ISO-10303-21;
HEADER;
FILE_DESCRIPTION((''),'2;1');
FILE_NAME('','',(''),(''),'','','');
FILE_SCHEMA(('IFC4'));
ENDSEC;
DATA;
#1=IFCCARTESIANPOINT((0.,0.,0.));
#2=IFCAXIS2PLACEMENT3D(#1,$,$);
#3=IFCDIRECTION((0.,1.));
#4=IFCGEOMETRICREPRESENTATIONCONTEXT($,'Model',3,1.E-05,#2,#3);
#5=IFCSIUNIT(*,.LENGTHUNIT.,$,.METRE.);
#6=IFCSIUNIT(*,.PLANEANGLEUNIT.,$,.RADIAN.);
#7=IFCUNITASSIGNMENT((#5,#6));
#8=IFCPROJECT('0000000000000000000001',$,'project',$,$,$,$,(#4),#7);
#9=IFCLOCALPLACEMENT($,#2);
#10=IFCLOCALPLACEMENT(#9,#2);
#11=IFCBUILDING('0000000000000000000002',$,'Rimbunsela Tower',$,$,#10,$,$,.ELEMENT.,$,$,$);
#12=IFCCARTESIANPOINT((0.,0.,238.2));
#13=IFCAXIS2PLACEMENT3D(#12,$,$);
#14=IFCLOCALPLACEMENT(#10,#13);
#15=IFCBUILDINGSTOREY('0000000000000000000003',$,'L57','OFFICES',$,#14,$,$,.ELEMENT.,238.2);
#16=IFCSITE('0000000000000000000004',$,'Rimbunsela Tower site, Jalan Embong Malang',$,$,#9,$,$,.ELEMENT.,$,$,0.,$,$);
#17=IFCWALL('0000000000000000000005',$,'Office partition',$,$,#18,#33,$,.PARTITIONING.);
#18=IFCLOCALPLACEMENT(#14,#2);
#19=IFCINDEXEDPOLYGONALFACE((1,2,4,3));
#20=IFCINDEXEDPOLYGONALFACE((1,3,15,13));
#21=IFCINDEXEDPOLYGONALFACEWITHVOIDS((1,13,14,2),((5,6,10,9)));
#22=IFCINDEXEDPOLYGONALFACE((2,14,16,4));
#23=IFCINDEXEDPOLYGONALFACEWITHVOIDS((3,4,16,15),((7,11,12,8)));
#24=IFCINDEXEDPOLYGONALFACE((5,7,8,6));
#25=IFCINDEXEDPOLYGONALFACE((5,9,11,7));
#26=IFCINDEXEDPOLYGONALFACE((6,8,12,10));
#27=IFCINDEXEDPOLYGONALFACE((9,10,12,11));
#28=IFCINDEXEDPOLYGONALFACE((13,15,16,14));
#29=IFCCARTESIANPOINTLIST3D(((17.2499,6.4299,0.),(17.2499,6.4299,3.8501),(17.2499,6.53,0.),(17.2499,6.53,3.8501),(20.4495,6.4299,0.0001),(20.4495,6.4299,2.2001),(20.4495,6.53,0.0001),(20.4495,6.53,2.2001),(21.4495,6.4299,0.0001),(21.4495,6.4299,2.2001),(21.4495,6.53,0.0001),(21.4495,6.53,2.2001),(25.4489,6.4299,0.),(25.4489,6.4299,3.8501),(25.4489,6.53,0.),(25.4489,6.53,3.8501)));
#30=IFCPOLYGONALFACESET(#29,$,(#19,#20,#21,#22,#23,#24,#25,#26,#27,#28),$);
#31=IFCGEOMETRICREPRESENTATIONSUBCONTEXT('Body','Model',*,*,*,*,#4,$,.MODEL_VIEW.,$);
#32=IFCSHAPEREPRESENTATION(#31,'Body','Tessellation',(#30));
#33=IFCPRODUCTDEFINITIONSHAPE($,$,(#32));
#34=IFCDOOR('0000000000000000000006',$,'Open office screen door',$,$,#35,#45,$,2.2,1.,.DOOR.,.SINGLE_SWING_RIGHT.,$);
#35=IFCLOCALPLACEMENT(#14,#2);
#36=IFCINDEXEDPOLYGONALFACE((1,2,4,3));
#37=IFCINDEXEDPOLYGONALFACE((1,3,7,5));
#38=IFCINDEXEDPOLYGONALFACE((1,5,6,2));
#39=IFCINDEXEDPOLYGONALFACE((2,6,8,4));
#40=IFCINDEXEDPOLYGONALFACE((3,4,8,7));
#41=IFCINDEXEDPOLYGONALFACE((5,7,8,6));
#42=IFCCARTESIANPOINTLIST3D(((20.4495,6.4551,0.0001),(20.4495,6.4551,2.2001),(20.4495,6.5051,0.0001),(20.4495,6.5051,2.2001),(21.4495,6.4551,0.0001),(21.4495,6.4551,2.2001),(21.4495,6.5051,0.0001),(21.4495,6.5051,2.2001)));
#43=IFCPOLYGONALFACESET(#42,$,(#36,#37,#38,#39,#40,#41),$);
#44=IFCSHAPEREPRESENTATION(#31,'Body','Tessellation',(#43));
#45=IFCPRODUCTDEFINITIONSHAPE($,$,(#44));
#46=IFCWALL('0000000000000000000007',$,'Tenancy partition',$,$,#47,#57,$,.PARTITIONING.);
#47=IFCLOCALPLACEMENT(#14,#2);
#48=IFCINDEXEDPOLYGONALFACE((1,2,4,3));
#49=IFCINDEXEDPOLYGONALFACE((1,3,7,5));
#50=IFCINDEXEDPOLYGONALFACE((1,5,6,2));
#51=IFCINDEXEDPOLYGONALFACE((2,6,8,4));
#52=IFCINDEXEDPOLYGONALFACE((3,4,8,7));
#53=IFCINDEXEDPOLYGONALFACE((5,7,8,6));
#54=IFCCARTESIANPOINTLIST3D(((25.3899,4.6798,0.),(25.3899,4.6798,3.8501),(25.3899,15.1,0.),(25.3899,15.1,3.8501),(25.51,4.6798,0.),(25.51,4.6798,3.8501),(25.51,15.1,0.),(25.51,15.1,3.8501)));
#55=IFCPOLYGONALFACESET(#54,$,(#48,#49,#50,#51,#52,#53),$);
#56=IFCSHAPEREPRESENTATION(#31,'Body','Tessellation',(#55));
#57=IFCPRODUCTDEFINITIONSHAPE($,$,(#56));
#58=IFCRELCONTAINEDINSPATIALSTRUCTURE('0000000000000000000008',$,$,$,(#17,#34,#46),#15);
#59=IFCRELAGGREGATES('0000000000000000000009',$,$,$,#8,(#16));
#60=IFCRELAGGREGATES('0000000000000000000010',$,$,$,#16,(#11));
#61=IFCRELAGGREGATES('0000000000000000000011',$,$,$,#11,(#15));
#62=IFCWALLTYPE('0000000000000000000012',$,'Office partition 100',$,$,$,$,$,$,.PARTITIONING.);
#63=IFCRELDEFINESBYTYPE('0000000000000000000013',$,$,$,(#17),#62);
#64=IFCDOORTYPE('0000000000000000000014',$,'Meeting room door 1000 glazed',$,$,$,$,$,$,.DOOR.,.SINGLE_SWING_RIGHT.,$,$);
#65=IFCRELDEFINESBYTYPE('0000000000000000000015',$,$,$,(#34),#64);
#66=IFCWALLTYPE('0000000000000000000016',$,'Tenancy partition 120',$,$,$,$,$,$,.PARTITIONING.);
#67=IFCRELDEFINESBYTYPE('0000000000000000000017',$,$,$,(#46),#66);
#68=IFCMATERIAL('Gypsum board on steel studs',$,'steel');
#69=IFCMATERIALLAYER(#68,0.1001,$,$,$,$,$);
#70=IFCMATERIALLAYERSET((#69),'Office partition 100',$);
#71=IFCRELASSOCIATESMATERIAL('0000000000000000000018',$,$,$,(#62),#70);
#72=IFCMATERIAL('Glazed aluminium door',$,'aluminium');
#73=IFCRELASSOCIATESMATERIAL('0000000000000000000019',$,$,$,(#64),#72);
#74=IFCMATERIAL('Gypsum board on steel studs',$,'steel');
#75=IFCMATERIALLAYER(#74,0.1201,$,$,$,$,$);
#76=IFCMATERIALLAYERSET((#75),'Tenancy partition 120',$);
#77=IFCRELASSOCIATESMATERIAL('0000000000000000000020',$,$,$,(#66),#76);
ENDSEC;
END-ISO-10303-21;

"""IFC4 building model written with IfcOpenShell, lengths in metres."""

from ifc_helpers import new_model, si_unit, direction, frame, frame_2d, origin, place, context, subcontext, project, spatial, rectangle, extrude, material, layer, layer_set, type_object, element, fill, save


model = new_model("IFC4")

# Units and contexts
model_context = context("Model", 3, precision=1e-05, world=origin(), true_north=direction((0.0, 1.0)))
body_context = subcontext(model_context, "Body", "Model", "MODEL_VIEW")
ifc_project = project(units=[si_unit("LENGTHUNIT", "METRE"), si_unit("PLANEANGLEUNIT", "RADIAN")], contexts=[model_context])

# Site, building, storey
site_placement = place(None, origin())
site = spatial("IfcSite", under=ifc_project, at=site_placement, Name="Rimbunsela Tower site, Jalan Embong Malang", CompositionType="ELEMENT", RefElevation=0.0)
building_placement = place(site_placement, origin())
building = spatial("IfcBuilding", under=site, at=building_placement, Name="Rimbunsela Tower", CompositionType="ELEMENT")
storey_placement = place(building_placement, frame((0.0, 0.0, 238.2)))
storey = spatial("IfcBuildingStorey", under=building, at=storey_placement, Name="L57", Description="OFFICES", CompositionType="ELEMENT", Elevation=238.2)

# Shared definitions
ifc_material_1 = material(Name="Gypsum board on steel studs", Category="steel")
ifc_layer_1 = layer(ifc_material_1, 0.1001)
ifc_layer_set_1 = layer_set([ifc_layer_1], Name="Office partition 100")
wall_type_1 = type_object("IfcWallType", Name="Office partition 100", PredefinedType="PARTITIONING", material=ifc_layer_set_1)

# Wall, opening, door
wall_1_placement = place(storey_placement, frame((25.449, 6.48, 0.0), z_axis=(0.0, 0.0, 1.0), x_axis=(-1.0, 0.0, 0.0)))
wall_1 = element("IfcWall", 1, at=wall_1_placement, inside=storey, type_object=wall_type_1, Name="Office partition", PredefinedType="PARTITIONING", context=body_context, shape_type="SweptSolid", body=[
    extrude(rectangle(XDim=8.199, YDim=0.1001, at=frame_2d((4.0996, 0.0))), origin(), (0.0, 0.0, 1.0), 3.8501),
])
opening_placement = place(wall_1_placement, frame((3.9995, 0.0, 0.0)))
opening = element("IfcOpeningElement", 2, at=opening_placement, cuts=wall_1, PredefinedType="OPENING", context=body_context, shape_type="SweptSolid", body=[
    extrude(rectangle(XDim=1.0, YDim=2.2, at=frame_2d((0.5, 1.1001))), frame((0.0, 0.0601, 0.0), z_axis=(0.0, -1.0, 0.0), x_axis=(1.0, 0.0, 0.0)), (0.0, 0.0, 1.0), 0.1201),
])
ifc_material_2 = material(Name="Glazed aluminium door", Category="aluminium")
door_type = type_object("IfcDoorType", Name="Meeting room door 1000 glazed", OperationType="SINGLE_SWING_RIGHT", PredefinedType="DOOR", material=ifc_material_2)
door_placement = place(opening_placement, origin())
door = element("IfcDoor", 3, at=door_placement, inside=storey, type_object=door_type, Name="Open office screen door", OperationType="SINGLE_SWING_RIGHT", OverallHeight=2.2, OverallWidth=1.0, PredefinedType="DOOR", context=body_context, shape_type="SweptSolid", body=[
    extrude(rectangle(XDim=1.0, YDim=2.2, at=frame_2d((0.5, 1.1001))), frame((0.0, 0.0249, 0.0), z_axis=(0.0, -1.0, 0.0), x_axis=(1.0, 0.0, 0.0)), (0.0, 0.0, 1.0), 0.05),
])
fill(opening, door)

# Wall
ifc_material_3 = material(Name="Gypsum board on steel studs", Category="steel")
ifc_layer_2 = layer(ifc_material_3, 0.1201)
ifc_layer_set_2 = layer_set([ifc_layer_2], Name="Tenancy partition 120")
wall_type_2 = type_object("IfcWallType", Name="Tenancy partition 120", PredefinedType="PARTITIONING", material=ifc_layer_set_2)
wall_2_placement = place(storey_placement, frame((25.45, 4.6799, 0.0), z_axis=(0.0, 0.0, 1.0), x_axis=(0.0, 1.0, 0.0)))
element("IfcWall", 4, at=wall_2_placement, inside=storey, type_object=wall_type_2, Name="Tenancy partition", PredefinedType="PARTITIONING", context=body_context, shape_type="SweptSolid", body=[
    extrude(rectangle(XDim=10.4202, YDim=0.1201, at=frame_2d((5.21, 0.0))), origin(), (0.0, 0.0, 1.0), 3.8501),
])

save(model, "model.ifc")
